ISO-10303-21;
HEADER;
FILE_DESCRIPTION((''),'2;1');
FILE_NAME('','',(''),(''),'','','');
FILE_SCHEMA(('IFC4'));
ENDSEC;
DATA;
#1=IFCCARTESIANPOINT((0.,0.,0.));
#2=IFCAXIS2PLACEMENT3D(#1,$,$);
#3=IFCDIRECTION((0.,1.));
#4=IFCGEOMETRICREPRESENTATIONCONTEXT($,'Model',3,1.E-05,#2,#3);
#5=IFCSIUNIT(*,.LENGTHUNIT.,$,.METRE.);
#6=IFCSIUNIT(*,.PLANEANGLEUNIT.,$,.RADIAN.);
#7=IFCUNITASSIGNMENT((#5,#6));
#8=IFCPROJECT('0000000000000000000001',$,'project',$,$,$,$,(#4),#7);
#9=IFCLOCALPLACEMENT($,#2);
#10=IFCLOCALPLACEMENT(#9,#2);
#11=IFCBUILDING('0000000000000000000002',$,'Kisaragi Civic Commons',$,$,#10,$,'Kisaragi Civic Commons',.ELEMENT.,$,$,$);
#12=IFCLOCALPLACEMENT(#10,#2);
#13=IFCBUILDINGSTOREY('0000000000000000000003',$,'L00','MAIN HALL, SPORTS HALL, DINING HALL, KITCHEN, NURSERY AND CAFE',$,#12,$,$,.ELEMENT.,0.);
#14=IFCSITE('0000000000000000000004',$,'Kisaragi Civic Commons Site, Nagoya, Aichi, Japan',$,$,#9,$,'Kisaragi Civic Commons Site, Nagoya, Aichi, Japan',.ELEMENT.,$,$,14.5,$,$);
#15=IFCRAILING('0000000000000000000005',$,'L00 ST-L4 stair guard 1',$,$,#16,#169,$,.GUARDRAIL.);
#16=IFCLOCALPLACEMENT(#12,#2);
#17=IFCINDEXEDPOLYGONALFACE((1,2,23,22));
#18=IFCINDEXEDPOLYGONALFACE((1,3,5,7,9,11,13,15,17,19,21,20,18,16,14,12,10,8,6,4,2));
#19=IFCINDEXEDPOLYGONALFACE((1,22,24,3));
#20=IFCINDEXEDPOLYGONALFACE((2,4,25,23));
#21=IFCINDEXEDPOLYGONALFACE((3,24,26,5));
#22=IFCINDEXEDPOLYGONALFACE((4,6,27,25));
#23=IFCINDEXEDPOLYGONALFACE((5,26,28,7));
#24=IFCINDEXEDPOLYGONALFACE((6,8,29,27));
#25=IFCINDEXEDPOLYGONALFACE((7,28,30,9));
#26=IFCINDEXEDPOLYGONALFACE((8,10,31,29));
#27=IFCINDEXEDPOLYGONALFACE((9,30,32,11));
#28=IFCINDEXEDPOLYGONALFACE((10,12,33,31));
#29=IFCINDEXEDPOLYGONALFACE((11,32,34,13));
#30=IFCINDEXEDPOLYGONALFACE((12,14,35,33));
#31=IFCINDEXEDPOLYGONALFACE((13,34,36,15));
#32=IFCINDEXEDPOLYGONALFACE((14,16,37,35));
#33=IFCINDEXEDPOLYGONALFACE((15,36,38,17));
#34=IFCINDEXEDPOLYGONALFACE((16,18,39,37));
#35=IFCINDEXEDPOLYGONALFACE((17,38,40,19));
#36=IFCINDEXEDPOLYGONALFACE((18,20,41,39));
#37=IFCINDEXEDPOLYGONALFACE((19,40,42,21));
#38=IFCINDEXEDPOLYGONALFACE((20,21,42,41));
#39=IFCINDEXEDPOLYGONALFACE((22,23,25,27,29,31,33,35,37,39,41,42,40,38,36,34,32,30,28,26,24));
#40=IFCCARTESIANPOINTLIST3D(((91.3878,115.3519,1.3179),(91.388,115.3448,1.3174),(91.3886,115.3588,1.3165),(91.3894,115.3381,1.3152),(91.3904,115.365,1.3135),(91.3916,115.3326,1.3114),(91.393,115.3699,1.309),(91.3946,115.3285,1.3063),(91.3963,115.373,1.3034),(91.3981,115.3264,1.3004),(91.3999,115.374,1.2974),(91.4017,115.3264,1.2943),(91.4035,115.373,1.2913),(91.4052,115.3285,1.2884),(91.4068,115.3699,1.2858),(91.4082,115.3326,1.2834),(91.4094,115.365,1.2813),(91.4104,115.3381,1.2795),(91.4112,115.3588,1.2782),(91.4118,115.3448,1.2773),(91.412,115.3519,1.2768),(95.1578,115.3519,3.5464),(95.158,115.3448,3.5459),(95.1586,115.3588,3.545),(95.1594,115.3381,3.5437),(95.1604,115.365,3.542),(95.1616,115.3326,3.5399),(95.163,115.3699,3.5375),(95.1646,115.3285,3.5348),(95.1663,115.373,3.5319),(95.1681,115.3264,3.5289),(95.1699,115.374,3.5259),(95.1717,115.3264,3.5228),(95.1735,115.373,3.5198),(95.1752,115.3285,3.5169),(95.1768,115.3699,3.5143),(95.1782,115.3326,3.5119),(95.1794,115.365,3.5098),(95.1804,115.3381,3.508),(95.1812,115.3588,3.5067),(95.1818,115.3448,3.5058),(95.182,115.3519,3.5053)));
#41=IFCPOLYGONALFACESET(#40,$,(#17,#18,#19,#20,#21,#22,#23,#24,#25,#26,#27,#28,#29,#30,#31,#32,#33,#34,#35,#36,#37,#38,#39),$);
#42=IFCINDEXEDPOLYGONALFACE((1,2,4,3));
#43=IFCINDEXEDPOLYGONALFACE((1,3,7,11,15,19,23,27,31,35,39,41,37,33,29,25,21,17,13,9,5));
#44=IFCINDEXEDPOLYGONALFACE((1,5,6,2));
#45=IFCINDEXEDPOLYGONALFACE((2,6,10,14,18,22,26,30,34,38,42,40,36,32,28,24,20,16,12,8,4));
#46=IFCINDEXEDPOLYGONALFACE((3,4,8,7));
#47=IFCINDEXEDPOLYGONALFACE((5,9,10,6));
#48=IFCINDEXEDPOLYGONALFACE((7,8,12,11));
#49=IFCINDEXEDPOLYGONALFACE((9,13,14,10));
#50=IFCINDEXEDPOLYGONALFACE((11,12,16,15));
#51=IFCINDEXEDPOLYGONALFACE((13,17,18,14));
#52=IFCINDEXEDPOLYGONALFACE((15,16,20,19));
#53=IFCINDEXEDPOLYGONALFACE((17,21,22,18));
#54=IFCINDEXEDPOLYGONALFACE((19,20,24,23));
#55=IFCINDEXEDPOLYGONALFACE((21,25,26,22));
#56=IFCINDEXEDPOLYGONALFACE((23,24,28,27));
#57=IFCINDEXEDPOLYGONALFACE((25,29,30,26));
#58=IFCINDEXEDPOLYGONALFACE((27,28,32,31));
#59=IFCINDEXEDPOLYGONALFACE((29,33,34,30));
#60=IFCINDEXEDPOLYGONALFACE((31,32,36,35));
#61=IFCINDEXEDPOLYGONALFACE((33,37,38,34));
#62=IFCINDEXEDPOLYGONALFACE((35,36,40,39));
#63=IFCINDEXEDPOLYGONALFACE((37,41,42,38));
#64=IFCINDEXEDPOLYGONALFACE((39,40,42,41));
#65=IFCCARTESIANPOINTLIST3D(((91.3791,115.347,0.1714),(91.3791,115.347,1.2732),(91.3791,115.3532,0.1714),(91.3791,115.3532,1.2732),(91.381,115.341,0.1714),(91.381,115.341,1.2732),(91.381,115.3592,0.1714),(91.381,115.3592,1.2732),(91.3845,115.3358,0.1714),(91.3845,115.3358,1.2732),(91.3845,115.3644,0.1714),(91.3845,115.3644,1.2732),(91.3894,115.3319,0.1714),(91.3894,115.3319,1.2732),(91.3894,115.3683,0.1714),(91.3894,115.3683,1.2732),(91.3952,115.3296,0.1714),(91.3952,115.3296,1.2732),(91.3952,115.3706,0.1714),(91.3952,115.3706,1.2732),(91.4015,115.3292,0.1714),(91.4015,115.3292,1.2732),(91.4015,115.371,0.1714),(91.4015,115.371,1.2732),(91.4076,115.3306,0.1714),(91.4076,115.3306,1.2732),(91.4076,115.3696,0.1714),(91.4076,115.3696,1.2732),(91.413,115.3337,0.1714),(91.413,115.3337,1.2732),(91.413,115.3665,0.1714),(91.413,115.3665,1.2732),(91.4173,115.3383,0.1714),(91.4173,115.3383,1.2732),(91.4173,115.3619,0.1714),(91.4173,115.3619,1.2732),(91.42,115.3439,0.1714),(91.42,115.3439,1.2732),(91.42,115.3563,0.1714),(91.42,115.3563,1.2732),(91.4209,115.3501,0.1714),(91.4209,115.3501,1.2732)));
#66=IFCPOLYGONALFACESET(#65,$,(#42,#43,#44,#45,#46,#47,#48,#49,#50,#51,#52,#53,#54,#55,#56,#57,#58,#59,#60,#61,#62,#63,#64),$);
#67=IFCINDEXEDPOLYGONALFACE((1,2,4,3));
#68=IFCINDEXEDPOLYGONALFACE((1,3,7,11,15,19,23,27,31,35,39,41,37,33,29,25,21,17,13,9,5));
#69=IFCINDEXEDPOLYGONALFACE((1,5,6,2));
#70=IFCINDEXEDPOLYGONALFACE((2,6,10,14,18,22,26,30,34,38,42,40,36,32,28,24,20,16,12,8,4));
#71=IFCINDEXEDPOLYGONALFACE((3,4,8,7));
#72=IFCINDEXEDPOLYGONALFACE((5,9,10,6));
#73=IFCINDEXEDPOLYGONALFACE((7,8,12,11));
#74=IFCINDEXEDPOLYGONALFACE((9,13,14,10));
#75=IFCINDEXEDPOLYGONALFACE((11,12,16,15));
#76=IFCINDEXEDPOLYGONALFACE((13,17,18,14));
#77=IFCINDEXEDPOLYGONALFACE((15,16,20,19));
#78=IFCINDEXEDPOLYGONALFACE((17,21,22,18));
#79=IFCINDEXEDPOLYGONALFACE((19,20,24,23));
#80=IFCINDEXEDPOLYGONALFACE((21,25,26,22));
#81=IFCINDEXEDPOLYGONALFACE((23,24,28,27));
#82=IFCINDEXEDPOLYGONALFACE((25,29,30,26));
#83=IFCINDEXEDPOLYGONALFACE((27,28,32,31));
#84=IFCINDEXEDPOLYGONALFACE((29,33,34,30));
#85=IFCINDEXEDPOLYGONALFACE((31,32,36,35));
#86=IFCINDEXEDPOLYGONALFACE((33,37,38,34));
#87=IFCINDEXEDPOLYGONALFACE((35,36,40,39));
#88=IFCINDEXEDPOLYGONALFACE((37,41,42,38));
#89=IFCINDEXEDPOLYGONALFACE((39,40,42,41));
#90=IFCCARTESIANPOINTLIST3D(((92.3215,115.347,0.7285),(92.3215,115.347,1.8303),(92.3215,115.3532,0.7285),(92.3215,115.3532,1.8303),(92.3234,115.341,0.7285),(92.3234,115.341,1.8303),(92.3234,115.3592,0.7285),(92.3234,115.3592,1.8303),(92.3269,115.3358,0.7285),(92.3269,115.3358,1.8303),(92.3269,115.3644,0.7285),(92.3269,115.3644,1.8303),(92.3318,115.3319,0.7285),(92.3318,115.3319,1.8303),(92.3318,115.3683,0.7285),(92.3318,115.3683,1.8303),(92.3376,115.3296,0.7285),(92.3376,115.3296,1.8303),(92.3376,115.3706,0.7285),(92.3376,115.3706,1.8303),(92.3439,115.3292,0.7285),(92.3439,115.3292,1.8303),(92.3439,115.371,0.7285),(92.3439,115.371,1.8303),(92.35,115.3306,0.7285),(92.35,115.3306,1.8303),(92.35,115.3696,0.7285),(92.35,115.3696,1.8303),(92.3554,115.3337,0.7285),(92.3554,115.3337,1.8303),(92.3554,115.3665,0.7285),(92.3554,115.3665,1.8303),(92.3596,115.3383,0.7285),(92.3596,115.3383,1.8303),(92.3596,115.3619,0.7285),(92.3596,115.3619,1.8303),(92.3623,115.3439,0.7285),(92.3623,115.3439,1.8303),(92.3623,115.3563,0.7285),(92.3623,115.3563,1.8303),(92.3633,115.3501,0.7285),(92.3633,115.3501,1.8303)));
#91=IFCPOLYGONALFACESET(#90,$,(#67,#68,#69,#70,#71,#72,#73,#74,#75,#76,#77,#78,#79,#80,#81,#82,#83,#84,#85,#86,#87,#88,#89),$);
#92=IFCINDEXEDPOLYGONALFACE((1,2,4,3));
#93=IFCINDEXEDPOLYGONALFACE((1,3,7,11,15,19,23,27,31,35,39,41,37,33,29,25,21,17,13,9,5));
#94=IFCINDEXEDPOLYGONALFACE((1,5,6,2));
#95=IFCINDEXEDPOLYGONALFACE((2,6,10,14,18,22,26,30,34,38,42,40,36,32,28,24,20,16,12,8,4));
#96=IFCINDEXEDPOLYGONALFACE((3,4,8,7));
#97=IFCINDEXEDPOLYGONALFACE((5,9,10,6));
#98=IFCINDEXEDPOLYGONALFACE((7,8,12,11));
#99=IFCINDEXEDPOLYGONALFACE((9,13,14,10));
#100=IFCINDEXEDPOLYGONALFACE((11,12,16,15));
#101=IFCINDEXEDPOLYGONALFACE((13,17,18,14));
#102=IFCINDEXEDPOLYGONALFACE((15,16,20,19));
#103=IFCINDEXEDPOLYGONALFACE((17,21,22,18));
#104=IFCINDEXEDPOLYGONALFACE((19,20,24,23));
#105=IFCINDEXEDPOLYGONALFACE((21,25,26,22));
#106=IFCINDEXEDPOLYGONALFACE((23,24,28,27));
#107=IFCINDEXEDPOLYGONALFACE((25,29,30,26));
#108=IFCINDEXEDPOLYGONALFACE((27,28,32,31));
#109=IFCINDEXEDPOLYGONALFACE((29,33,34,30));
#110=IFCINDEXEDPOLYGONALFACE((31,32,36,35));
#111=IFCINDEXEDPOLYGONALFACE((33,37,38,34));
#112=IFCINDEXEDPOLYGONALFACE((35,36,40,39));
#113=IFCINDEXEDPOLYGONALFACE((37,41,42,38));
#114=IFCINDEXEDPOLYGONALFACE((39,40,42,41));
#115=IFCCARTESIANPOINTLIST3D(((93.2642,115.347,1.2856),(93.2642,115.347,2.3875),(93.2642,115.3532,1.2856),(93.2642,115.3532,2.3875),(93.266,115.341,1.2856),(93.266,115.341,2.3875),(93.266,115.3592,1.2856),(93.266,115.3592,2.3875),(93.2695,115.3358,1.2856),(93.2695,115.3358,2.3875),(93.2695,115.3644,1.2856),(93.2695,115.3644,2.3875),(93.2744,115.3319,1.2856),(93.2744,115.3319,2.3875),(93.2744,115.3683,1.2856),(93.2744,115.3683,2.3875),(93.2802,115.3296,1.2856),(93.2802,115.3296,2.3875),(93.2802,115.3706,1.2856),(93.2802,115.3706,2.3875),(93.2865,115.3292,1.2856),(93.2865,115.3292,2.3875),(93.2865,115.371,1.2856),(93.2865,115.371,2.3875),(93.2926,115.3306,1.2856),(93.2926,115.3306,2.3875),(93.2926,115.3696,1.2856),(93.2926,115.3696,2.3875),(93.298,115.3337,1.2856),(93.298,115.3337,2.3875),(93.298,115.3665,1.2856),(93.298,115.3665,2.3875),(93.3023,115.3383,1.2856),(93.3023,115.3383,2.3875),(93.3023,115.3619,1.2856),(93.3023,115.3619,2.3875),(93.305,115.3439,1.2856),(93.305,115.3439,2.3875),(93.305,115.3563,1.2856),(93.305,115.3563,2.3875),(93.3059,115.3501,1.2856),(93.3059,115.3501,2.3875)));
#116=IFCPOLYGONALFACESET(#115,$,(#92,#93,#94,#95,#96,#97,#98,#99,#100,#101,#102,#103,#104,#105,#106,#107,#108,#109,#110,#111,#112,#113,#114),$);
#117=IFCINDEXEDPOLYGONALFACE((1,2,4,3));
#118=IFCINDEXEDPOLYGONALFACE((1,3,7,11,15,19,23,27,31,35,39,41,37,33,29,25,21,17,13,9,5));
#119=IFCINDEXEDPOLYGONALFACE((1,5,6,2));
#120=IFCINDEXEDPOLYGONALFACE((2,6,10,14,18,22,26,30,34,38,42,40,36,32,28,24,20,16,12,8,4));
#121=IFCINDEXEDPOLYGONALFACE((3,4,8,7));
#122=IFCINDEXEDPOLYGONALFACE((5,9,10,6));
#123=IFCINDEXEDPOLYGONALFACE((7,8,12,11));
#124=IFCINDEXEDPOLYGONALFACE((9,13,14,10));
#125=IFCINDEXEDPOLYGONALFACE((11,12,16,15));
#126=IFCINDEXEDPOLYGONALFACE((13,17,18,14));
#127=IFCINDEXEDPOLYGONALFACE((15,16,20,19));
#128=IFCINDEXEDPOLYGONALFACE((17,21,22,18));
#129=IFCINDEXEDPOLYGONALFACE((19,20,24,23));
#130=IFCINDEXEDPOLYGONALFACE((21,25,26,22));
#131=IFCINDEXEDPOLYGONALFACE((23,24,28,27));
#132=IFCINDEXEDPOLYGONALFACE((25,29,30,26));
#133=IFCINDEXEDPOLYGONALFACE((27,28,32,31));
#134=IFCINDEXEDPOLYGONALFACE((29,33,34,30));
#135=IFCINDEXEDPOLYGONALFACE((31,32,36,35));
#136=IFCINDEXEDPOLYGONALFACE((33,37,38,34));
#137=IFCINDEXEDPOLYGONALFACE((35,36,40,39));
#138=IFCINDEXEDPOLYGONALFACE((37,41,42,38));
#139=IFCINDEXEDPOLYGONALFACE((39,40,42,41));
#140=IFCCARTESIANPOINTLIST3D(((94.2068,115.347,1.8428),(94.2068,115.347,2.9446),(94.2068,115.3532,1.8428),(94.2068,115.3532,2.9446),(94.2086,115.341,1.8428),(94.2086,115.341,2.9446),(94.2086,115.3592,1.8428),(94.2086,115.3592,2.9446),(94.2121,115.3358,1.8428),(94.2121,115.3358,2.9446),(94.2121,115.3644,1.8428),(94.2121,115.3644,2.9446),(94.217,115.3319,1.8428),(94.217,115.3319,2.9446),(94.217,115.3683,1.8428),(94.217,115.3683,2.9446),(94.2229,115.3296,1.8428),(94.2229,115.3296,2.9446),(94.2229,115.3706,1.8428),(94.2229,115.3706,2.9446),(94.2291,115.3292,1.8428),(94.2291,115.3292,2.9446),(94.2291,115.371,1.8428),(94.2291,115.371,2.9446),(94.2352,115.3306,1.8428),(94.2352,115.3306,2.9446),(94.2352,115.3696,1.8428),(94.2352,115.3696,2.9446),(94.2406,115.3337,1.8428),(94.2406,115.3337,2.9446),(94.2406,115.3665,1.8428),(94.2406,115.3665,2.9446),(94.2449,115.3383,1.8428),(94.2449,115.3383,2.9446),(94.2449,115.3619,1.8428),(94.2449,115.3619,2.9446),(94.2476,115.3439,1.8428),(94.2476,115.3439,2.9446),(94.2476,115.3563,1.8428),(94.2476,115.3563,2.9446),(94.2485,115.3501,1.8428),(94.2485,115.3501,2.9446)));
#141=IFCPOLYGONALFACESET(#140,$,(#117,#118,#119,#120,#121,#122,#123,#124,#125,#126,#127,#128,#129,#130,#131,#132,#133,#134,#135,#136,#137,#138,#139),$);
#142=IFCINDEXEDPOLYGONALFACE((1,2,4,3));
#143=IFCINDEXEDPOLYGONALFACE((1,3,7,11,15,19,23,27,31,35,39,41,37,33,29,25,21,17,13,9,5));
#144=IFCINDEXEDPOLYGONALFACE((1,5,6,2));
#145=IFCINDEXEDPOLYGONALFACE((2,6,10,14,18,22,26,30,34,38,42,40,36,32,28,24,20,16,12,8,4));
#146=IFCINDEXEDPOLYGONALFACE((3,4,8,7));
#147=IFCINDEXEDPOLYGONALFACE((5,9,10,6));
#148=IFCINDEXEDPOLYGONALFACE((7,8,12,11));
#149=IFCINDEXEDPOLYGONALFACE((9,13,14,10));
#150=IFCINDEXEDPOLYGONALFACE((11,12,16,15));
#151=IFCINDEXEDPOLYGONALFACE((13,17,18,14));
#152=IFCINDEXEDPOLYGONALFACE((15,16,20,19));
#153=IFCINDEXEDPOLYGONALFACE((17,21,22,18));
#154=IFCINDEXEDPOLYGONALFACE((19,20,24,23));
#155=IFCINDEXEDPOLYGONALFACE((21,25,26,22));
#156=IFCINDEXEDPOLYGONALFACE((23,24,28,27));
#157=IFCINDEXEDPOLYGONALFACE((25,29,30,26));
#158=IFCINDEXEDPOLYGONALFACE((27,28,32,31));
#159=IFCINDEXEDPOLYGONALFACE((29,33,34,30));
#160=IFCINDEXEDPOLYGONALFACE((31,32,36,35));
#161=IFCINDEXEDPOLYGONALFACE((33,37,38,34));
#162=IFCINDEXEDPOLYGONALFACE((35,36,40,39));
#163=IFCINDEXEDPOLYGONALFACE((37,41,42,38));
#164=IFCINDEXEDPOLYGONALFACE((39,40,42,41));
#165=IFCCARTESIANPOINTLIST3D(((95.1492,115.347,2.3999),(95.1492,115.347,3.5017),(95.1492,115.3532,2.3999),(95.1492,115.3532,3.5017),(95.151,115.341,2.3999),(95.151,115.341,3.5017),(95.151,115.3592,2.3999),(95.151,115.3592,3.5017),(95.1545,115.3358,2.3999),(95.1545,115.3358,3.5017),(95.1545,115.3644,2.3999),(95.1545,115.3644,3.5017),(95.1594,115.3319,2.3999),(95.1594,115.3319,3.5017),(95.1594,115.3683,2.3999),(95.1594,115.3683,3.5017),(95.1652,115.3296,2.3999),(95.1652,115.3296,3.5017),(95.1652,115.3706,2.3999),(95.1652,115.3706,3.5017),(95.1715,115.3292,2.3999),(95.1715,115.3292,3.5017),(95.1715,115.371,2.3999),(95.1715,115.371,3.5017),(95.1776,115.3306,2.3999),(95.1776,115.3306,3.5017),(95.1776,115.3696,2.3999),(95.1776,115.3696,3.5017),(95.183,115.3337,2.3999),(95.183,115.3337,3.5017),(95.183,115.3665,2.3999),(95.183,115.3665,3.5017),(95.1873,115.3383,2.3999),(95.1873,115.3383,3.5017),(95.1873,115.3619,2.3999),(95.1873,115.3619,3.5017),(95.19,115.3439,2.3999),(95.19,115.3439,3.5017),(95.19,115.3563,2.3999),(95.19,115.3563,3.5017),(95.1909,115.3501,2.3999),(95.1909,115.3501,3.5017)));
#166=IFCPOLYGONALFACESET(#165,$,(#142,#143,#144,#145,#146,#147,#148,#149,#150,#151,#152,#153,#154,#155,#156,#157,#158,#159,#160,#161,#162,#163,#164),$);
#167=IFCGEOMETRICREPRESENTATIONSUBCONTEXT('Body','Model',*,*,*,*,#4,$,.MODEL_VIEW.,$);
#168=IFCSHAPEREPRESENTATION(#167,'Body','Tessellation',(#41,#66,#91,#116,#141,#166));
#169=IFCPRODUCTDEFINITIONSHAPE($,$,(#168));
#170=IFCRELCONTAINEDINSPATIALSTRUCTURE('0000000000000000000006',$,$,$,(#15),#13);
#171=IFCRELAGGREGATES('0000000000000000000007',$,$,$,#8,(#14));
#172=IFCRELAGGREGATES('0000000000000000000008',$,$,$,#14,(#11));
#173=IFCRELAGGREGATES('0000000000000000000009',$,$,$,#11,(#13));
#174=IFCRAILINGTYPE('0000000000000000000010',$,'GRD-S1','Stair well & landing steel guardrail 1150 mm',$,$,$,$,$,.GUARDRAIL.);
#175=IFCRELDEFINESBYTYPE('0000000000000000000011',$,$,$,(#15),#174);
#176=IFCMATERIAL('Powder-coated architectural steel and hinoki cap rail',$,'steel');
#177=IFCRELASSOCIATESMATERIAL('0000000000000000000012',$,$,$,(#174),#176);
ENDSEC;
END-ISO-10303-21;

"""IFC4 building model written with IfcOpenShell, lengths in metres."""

from ifc_helpers import new_model, si_unit, direction, frame, origin, origin_2d, place, context, subcontext, project, spatial, circle, extrude, material, type_object, element, save


model = new_model("IFC4")

# Units and contexts
model_context = context("Model", 3, precision=1e-05, world=origin(), true_north=direction((0.0, 1.0)))
body_context = subcontext(model_context, "Body", "Model", "MODEL_VIEW")
ifc_project = project(units=[si_unit("LENGTHUNIT", "METRE"), si_unit("PLANEANGLEUNIT", "RADIAN")], contexts=[model_context])

# Site, building, storey
site_placement = place(None, origin())
site = spatial("IfcSite", under=ifc_project, at=site_placement, Name="Kisaragi Civic Commons Site, Nagoya, Aichi, Japan", LongName="Kisaragi Civic Commons Site, Nagoya, Aichi, Japan", CompositionType="ELEMENT", RefElevation=14.5)
building_placement = place(site_placement, origin())
building = spatial("IfcBuilding", under=site, at=building_placement, Name="Kisaragi Civic Commons", LongName="Kisaragi Civic Commons", CompositionType="ELEMENT")
storey_placement = place(building_placement, origin())
storey = spatial("IfcBuildingStorey", under=building, at=storey_placement, Name="L00", Description="MAIN HALL, SPORTS HALL, DINING HALL, KITCHEN, NURSERY AND CAFE", CompositionType="ELEMENT", Elevation=0.0)

# Railing
ifc_material_1 = material(Name="Powder-coated architectural steel and hinoki cap rail", Category="steel")
railing_type_1 = type_object("IfcRailingType", Name="GRD-S1", Description="Stair well & landing steel guardrail 1150 mm", PredefinedType="GUARDRAIL", material=ifc_material_1)
railing_1_placement = place(storey_placement, frame((91.3999, 115.3501, 0.1714)))
element("IfcRailing", 1, at=railing_1_placement, inside=storey, type_object=railing_type_1, Name="L00 ST-L4 stair guard 1", PredefinedType="GUARDRAIL", context=body_context, shape_type="SweptSolid", body=[
    extrude(circle(Radius=0.0239, at=origin_2d()), frame((0.0, 0.0, 1.126), z_axis=(0.860849, 0.0, 0.508861), x_axis=(0.0, 1.0, 0.0)), (0.0, 0.0, 1.0), 4.3794),
    extrude(circle(Radius=0.021, at=origin_2d()), origin(), (0.0, 0.0, 1.0), 1.1018),
    extrude(circle(Radius=0.021, at=origin_2d()), frame((0.9424, 0.0, 0.5571)), (0.0, 0.0, 1.0), 1.1018),
    extrude(circle(Radius=0.021, at=origin_2d()), frame((1.885, 0.0, 1.1143)), (0.0, 0.0, 1.0), 1.1018),
    extrude(circle(Radius=0.021, at=origin_2d()), frame((2.8276, 0.0, 1.6714)), (0.0, 0.0, 1.0), 1.1018),
    extrude(circle(Radius=0.021, at=origin_2d()), frame((3.77, 0.0, 2.2285)), (0.0, 0.0, 1.0), 1.1018),
])

save(model, "model.ifc")
